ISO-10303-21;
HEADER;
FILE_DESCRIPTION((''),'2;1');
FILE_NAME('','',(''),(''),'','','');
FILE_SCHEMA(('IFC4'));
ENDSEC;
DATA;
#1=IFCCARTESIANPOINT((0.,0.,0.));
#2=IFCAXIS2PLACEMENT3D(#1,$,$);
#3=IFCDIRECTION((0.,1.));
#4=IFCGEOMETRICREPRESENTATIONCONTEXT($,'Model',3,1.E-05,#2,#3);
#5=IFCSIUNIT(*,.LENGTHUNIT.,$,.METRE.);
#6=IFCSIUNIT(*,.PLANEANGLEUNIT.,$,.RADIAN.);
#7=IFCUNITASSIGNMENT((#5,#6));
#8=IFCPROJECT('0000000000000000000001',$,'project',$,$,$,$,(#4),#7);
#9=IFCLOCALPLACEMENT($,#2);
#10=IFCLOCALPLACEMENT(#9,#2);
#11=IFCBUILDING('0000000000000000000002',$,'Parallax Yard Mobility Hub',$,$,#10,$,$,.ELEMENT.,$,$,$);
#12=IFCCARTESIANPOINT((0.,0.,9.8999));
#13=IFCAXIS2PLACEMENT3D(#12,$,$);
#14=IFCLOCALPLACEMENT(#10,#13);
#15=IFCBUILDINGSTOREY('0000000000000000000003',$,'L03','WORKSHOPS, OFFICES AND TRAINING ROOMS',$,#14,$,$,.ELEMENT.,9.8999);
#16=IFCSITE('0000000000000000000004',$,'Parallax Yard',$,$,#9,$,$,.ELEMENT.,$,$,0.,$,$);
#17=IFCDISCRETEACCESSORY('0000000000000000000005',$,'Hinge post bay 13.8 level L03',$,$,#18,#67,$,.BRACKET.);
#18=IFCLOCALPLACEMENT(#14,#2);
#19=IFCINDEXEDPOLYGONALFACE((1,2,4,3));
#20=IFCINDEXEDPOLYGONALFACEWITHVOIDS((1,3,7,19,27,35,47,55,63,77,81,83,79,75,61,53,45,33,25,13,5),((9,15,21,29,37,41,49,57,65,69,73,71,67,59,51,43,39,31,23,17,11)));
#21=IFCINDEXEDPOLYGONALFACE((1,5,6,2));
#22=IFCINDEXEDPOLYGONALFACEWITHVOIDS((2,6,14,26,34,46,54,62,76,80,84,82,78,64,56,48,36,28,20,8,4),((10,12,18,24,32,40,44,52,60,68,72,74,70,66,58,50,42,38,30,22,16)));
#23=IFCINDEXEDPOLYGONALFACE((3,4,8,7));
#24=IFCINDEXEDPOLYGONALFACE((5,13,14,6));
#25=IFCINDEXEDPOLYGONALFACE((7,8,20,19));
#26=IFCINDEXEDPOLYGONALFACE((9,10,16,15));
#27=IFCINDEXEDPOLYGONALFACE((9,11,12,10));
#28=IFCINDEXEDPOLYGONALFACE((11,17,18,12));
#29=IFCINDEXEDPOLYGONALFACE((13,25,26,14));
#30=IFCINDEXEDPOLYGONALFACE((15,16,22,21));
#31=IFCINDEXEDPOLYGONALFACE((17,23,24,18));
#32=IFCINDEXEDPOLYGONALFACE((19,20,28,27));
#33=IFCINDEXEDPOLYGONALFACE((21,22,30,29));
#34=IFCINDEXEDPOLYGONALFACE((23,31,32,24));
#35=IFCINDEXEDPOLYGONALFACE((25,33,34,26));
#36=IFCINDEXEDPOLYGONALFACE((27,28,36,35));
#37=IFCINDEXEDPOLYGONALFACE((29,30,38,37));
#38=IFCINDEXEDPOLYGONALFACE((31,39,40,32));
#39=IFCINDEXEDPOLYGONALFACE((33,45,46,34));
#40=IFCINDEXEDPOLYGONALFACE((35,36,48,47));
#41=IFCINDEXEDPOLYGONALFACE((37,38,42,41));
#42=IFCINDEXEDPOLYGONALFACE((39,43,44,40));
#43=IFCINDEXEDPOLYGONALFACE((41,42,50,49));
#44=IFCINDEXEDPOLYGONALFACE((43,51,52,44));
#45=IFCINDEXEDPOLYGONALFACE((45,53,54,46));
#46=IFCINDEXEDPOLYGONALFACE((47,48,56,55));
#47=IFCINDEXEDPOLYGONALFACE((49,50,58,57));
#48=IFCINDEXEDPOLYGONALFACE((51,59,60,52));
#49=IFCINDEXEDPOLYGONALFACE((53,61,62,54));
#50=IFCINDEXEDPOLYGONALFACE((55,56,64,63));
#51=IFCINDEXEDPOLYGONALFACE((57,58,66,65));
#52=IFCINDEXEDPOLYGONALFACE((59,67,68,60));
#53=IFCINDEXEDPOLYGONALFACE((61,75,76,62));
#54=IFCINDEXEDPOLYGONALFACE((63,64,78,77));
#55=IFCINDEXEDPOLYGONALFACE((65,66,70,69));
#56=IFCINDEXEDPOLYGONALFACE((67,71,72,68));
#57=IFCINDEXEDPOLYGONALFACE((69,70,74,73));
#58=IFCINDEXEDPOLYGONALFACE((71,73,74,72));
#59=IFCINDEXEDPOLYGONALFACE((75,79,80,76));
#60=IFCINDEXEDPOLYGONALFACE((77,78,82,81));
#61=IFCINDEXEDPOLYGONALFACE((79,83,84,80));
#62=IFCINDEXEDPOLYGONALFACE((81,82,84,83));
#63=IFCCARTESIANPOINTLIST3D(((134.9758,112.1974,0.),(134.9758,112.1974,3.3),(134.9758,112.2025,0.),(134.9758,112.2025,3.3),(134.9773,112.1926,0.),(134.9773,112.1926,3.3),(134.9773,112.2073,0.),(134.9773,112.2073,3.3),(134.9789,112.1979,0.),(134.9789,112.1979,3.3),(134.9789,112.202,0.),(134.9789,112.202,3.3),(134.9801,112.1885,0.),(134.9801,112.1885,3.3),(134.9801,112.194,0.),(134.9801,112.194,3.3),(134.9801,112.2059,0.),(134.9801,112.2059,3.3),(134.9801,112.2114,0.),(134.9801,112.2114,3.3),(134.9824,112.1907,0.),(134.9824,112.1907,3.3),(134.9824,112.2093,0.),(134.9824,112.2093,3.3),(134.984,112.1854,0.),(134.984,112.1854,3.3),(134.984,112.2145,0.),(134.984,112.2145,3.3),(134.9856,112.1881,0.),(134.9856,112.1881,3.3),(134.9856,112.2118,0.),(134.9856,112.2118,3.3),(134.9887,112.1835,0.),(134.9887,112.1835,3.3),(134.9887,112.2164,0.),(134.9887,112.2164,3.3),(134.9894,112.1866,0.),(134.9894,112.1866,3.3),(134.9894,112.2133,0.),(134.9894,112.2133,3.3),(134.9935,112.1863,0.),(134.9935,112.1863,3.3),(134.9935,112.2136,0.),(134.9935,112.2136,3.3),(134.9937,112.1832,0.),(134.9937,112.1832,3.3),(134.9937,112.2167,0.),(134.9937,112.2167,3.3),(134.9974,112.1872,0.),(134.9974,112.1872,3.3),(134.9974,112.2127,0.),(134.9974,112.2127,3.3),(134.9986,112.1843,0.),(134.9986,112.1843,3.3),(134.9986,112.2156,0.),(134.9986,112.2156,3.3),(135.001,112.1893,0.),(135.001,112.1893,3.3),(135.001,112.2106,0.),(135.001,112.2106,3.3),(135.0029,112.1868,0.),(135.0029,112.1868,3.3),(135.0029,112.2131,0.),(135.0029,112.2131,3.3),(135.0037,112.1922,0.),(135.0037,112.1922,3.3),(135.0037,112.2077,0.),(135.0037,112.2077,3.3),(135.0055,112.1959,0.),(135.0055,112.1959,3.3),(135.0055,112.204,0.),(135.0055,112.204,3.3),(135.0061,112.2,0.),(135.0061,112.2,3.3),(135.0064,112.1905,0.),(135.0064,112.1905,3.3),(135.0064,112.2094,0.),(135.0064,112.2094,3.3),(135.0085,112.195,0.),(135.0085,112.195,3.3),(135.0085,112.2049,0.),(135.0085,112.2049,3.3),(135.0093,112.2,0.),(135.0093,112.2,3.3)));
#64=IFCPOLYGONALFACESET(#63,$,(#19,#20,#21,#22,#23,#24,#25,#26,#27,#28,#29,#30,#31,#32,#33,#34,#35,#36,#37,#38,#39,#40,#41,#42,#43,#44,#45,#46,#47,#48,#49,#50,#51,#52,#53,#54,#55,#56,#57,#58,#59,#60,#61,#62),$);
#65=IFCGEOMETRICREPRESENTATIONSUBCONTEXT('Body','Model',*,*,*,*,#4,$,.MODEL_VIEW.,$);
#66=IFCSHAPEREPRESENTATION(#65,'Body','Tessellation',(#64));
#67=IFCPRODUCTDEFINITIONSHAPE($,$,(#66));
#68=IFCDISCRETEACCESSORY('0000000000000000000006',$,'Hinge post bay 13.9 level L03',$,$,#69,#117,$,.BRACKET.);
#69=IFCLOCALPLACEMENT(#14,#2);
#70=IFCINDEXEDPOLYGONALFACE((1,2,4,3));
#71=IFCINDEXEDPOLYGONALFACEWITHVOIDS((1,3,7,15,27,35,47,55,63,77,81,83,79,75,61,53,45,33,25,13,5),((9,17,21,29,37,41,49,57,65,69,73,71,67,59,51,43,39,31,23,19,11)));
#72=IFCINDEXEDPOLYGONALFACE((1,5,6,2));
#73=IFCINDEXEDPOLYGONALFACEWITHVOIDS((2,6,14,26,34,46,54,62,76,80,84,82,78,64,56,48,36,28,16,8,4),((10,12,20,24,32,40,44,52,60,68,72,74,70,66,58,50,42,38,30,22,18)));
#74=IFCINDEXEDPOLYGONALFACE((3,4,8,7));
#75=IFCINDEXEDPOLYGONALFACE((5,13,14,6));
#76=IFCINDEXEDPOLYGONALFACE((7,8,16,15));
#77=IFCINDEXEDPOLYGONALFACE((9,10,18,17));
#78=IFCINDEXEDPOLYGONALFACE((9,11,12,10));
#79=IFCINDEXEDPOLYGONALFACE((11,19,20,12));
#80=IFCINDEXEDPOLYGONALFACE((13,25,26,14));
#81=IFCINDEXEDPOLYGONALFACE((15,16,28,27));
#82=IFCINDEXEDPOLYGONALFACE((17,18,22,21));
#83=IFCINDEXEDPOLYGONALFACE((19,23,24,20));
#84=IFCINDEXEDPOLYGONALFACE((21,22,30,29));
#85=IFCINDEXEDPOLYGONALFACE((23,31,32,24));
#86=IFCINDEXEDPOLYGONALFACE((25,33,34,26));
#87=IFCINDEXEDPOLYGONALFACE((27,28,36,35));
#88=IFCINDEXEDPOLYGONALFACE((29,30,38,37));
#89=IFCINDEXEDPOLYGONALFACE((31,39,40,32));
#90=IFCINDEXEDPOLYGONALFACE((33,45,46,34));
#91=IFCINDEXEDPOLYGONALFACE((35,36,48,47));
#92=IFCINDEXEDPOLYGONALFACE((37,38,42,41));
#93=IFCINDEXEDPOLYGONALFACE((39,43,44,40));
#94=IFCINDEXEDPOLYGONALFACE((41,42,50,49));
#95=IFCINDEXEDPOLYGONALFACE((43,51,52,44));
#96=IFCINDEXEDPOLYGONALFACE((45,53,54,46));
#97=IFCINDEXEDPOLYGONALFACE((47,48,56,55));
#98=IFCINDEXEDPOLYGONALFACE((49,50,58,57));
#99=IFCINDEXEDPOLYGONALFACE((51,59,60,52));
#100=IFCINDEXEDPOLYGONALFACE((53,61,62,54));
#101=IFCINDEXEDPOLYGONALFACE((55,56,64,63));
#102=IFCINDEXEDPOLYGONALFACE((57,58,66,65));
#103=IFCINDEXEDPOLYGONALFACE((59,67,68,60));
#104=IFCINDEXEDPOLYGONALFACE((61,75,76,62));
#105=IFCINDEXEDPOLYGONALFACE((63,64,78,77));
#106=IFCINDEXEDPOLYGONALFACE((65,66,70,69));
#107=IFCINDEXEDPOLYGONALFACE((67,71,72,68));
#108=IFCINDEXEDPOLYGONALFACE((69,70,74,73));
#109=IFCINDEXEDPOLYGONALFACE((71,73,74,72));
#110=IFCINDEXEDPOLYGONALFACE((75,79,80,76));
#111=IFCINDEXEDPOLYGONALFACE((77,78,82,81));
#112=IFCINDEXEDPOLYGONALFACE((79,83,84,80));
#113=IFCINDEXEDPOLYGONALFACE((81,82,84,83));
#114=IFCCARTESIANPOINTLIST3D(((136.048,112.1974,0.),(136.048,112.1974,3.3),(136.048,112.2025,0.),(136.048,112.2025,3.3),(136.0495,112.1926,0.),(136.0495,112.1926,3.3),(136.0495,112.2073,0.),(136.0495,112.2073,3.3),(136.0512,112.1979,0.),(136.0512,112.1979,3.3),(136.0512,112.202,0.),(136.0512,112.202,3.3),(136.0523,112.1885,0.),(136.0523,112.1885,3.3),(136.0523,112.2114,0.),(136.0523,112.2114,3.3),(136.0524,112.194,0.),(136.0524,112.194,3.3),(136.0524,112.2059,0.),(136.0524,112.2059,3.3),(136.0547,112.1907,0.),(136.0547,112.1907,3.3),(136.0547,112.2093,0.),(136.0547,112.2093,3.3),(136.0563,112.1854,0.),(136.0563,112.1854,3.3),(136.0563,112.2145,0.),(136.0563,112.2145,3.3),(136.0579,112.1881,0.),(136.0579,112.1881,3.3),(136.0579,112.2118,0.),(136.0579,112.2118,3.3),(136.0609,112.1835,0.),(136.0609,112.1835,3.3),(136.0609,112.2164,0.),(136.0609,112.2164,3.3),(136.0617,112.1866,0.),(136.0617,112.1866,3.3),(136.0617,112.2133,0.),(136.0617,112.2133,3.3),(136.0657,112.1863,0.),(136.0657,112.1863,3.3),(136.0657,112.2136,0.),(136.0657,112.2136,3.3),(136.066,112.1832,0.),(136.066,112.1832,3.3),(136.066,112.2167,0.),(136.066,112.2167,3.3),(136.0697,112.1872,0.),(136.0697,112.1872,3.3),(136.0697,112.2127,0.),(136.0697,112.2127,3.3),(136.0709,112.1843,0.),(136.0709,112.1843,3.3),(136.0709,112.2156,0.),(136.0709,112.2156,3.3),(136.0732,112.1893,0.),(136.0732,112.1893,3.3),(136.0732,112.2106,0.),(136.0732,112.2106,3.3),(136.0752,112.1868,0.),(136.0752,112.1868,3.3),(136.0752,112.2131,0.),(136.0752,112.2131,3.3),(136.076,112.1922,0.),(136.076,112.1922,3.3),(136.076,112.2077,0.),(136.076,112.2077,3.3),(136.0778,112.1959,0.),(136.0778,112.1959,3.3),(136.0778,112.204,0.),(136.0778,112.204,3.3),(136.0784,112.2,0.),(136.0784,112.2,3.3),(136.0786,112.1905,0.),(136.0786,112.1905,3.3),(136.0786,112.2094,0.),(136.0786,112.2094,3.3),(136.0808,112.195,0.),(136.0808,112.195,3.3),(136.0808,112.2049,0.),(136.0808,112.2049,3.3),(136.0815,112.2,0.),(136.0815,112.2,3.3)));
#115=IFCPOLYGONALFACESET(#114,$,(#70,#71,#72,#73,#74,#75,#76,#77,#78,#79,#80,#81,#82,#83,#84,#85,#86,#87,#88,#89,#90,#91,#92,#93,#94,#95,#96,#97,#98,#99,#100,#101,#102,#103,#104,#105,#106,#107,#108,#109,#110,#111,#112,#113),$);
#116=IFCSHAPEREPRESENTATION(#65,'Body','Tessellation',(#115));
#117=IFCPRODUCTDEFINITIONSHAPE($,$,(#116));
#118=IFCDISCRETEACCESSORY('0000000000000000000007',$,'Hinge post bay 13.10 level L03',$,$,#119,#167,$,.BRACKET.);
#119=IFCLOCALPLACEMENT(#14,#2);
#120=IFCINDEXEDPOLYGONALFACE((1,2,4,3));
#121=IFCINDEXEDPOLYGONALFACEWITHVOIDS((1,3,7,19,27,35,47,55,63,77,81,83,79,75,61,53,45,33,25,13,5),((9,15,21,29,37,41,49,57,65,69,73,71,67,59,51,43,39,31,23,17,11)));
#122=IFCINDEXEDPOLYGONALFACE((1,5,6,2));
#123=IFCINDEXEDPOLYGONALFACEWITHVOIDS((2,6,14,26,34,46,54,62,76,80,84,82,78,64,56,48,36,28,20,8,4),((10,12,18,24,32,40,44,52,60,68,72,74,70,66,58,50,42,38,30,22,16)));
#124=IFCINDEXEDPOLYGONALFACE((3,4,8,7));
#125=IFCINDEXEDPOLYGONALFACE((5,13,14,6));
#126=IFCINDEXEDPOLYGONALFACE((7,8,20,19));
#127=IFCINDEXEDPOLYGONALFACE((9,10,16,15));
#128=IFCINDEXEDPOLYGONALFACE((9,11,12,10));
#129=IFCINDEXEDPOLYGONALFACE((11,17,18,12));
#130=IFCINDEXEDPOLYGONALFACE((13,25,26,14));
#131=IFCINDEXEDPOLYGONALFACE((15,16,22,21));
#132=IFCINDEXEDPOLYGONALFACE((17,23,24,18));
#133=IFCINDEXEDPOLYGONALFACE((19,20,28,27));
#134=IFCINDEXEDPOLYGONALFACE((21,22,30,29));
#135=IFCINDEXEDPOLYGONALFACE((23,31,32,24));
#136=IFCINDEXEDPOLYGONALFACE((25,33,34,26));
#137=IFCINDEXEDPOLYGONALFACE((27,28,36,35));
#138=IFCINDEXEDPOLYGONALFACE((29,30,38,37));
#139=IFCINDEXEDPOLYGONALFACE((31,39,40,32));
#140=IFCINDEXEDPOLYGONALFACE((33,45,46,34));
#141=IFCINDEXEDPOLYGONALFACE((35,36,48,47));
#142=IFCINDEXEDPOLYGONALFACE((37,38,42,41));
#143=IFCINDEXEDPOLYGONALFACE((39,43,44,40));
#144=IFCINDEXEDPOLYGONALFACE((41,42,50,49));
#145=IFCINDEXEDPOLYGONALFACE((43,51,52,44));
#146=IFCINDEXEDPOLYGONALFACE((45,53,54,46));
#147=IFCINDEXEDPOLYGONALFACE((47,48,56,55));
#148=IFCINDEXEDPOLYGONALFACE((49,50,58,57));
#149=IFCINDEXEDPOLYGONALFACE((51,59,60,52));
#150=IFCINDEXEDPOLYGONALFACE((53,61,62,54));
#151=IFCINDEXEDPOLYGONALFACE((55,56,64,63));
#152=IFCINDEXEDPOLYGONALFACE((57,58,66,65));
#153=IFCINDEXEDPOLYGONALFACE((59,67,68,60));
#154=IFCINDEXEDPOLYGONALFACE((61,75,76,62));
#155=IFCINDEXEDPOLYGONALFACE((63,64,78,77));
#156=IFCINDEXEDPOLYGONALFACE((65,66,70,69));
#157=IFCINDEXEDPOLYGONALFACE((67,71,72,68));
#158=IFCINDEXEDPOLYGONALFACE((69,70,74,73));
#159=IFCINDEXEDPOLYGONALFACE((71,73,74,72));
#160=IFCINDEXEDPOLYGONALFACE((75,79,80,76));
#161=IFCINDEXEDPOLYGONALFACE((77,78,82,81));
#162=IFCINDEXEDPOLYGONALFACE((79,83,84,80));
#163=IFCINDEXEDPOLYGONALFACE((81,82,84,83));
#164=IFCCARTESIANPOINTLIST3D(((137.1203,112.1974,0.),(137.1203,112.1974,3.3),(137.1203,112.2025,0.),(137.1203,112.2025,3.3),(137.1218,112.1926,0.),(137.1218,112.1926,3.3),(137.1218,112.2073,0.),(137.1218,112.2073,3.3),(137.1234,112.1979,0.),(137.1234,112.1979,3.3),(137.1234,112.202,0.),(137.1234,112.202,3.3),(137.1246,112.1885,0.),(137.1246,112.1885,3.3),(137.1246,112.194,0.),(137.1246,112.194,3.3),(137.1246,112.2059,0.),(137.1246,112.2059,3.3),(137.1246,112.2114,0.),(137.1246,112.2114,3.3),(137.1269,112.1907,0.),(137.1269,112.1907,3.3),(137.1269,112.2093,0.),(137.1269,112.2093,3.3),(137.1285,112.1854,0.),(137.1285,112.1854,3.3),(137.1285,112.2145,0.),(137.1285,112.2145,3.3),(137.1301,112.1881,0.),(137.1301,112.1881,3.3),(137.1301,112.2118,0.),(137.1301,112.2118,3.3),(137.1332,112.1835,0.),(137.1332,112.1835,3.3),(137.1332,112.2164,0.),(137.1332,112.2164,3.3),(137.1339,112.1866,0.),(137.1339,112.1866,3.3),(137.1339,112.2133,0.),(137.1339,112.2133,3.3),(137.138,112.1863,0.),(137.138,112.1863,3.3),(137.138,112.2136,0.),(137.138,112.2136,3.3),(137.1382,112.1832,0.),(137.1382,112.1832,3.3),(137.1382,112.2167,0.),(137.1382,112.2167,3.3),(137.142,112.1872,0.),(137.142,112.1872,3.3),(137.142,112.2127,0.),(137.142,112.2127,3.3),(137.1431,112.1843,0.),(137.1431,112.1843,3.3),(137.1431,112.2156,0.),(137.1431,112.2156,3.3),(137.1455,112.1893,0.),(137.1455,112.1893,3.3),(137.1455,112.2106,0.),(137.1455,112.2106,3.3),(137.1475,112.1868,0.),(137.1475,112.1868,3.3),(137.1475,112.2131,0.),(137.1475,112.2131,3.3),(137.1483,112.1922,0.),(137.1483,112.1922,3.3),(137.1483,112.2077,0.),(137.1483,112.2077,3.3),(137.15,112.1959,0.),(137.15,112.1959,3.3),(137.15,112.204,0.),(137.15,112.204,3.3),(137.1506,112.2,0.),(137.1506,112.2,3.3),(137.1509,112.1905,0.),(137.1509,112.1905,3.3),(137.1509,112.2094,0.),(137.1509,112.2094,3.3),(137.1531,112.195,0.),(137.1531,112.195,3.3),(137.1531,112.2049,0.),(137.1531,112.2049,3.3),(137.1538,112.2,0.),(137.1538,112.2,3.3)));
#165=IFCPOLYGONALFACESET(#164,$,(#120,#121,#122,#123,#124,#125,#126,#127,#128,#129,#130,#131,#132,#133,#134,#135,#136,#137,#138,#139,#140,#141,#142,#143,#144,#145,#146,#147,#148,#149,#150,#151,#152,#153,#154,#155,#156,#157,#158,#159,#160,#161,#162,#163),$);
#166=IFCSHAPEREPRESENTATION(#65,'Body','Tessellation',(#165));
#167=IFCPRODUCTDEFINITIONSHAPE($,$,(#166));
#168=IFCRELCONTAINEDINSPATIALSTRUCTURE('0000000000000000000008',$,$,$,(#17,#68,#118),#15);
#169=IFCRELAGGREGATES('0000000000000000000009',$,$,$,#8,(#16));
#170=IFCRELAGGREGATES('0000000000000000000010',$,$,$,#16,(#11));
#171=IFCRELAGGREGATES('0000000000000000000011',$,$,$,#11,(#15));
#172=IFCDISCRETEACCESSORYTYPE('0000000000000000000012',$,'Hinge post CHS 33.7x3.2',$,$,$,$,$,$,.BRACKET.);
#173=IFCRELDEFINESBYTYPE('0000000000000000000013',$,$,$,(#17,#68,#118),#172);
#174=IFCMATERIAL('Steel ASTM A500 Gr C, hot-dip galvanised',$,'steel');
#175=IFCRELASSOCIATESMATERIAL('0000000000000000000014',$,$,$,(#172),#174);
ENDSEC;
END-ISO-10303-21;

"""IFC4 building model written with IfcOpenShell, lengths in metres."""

from ifc_helpers import new_model, si_unit, direction, frame, origin, origin_2d, place, context, subcontext, project, spatial, hollow_circle, extrude, material, material_profile, profile_set, type_object, element, save


model = new_model("IFC4")

# Units and contexts
model_context = context("Model", 3, precision=1e-05, world=origin(), true_north=direction((0.0, 1.0)))
body_context = subcontext(model_context, "Body", "Model", "MODEL_VIEW")
ifc_project = project(units=[si_unit("LENGTHUNIT", "METRE"), si_unit("PLANEANGLEUNIT", "RADIAN")], contexts=[model_context])

# Site, building, storey
site_placement = place(None, origin())
site = spatial("IfcSite", under=ifc_project, at=site_placement, Name="Parallax Yard", CompositionType="ELEMENT", RefElevation=0.0)
building_placement = place(site_placement, origin())
building = spatial("IfcBuilding", under=site, at=building_placement, Name="Parallax Yard Mobility Hub", CompositionType="ELEMENT")
storey_placement = place(building_placement, frame((0.0, 0.0, 9.8999)))
storey = spatial("IfcBuildingStorey", under=building, at=storey_placement, Name="L03", Description="WORKSHOPS, OFFICES AND TRAINING ROOMS", CompositionType="ELEMENT", Elevation=9.8999)

# Discrete accessories
ifc_material_1 = material(Name="Steel ASTM A500 Gr C, hot-dip galvanised", Category="steel")
ifc_material_profile_1 = material_profile(ifc_material_1, hollow_circle(Radius=0.0168, WallThickness=0.0032, at=origin_2d()), Name="CHS 33.7x3.2")
ifc_profile_set_1 = profile_set([ifc_material_profile_1], Name="Steel ASTM A500 Gr C, hot-dip galvanised")
discrete_accessory_type_1 = type_object("IfcDiscreteAccessoryType", Name="Hinge post CHS 33.7x3.2", PredefinedType="BRACKET", material=ifc_profile_set_1)
for number, where, z_axis, x_axis, name in (
    (1, (134.9924, 112.2, 0.0), (0.0, 0.0, 1.0), (1.0, 0.0, 0.0), "Hinge post bay 13.8 level L03"),
    (2, (136.0647, 112.2, 0.0), (0.0, 0.0, 1.0), (1.0, 0.0, 0.0), "Hinge post bay 13.9 level L03"),
    (3, (137.137, 112.2, 0.0), (0.0, 0.0, 1.0), (1.0, 0.0, 0.0), "Hinge post bay 13.10 level L03"),
):
    element("IfcDiscreteAccessory", number, at=place(storey_placement, frame(where, z_axis=z_axis, x_axis=x_axis)), inside=storey, type_object=discrete_accessory_type_1, Name=name, PredefinedType="BRACKET", context=body_context, shape_type="SweptSolid", body=[
        extrude(hollow_circle(Radius=0.0168, WallThickness=0.0032, at=origin_2d()), origin(), (0.0, 0.0, 1.0), 3.3),
    ])

save(model, "model.ifc")
